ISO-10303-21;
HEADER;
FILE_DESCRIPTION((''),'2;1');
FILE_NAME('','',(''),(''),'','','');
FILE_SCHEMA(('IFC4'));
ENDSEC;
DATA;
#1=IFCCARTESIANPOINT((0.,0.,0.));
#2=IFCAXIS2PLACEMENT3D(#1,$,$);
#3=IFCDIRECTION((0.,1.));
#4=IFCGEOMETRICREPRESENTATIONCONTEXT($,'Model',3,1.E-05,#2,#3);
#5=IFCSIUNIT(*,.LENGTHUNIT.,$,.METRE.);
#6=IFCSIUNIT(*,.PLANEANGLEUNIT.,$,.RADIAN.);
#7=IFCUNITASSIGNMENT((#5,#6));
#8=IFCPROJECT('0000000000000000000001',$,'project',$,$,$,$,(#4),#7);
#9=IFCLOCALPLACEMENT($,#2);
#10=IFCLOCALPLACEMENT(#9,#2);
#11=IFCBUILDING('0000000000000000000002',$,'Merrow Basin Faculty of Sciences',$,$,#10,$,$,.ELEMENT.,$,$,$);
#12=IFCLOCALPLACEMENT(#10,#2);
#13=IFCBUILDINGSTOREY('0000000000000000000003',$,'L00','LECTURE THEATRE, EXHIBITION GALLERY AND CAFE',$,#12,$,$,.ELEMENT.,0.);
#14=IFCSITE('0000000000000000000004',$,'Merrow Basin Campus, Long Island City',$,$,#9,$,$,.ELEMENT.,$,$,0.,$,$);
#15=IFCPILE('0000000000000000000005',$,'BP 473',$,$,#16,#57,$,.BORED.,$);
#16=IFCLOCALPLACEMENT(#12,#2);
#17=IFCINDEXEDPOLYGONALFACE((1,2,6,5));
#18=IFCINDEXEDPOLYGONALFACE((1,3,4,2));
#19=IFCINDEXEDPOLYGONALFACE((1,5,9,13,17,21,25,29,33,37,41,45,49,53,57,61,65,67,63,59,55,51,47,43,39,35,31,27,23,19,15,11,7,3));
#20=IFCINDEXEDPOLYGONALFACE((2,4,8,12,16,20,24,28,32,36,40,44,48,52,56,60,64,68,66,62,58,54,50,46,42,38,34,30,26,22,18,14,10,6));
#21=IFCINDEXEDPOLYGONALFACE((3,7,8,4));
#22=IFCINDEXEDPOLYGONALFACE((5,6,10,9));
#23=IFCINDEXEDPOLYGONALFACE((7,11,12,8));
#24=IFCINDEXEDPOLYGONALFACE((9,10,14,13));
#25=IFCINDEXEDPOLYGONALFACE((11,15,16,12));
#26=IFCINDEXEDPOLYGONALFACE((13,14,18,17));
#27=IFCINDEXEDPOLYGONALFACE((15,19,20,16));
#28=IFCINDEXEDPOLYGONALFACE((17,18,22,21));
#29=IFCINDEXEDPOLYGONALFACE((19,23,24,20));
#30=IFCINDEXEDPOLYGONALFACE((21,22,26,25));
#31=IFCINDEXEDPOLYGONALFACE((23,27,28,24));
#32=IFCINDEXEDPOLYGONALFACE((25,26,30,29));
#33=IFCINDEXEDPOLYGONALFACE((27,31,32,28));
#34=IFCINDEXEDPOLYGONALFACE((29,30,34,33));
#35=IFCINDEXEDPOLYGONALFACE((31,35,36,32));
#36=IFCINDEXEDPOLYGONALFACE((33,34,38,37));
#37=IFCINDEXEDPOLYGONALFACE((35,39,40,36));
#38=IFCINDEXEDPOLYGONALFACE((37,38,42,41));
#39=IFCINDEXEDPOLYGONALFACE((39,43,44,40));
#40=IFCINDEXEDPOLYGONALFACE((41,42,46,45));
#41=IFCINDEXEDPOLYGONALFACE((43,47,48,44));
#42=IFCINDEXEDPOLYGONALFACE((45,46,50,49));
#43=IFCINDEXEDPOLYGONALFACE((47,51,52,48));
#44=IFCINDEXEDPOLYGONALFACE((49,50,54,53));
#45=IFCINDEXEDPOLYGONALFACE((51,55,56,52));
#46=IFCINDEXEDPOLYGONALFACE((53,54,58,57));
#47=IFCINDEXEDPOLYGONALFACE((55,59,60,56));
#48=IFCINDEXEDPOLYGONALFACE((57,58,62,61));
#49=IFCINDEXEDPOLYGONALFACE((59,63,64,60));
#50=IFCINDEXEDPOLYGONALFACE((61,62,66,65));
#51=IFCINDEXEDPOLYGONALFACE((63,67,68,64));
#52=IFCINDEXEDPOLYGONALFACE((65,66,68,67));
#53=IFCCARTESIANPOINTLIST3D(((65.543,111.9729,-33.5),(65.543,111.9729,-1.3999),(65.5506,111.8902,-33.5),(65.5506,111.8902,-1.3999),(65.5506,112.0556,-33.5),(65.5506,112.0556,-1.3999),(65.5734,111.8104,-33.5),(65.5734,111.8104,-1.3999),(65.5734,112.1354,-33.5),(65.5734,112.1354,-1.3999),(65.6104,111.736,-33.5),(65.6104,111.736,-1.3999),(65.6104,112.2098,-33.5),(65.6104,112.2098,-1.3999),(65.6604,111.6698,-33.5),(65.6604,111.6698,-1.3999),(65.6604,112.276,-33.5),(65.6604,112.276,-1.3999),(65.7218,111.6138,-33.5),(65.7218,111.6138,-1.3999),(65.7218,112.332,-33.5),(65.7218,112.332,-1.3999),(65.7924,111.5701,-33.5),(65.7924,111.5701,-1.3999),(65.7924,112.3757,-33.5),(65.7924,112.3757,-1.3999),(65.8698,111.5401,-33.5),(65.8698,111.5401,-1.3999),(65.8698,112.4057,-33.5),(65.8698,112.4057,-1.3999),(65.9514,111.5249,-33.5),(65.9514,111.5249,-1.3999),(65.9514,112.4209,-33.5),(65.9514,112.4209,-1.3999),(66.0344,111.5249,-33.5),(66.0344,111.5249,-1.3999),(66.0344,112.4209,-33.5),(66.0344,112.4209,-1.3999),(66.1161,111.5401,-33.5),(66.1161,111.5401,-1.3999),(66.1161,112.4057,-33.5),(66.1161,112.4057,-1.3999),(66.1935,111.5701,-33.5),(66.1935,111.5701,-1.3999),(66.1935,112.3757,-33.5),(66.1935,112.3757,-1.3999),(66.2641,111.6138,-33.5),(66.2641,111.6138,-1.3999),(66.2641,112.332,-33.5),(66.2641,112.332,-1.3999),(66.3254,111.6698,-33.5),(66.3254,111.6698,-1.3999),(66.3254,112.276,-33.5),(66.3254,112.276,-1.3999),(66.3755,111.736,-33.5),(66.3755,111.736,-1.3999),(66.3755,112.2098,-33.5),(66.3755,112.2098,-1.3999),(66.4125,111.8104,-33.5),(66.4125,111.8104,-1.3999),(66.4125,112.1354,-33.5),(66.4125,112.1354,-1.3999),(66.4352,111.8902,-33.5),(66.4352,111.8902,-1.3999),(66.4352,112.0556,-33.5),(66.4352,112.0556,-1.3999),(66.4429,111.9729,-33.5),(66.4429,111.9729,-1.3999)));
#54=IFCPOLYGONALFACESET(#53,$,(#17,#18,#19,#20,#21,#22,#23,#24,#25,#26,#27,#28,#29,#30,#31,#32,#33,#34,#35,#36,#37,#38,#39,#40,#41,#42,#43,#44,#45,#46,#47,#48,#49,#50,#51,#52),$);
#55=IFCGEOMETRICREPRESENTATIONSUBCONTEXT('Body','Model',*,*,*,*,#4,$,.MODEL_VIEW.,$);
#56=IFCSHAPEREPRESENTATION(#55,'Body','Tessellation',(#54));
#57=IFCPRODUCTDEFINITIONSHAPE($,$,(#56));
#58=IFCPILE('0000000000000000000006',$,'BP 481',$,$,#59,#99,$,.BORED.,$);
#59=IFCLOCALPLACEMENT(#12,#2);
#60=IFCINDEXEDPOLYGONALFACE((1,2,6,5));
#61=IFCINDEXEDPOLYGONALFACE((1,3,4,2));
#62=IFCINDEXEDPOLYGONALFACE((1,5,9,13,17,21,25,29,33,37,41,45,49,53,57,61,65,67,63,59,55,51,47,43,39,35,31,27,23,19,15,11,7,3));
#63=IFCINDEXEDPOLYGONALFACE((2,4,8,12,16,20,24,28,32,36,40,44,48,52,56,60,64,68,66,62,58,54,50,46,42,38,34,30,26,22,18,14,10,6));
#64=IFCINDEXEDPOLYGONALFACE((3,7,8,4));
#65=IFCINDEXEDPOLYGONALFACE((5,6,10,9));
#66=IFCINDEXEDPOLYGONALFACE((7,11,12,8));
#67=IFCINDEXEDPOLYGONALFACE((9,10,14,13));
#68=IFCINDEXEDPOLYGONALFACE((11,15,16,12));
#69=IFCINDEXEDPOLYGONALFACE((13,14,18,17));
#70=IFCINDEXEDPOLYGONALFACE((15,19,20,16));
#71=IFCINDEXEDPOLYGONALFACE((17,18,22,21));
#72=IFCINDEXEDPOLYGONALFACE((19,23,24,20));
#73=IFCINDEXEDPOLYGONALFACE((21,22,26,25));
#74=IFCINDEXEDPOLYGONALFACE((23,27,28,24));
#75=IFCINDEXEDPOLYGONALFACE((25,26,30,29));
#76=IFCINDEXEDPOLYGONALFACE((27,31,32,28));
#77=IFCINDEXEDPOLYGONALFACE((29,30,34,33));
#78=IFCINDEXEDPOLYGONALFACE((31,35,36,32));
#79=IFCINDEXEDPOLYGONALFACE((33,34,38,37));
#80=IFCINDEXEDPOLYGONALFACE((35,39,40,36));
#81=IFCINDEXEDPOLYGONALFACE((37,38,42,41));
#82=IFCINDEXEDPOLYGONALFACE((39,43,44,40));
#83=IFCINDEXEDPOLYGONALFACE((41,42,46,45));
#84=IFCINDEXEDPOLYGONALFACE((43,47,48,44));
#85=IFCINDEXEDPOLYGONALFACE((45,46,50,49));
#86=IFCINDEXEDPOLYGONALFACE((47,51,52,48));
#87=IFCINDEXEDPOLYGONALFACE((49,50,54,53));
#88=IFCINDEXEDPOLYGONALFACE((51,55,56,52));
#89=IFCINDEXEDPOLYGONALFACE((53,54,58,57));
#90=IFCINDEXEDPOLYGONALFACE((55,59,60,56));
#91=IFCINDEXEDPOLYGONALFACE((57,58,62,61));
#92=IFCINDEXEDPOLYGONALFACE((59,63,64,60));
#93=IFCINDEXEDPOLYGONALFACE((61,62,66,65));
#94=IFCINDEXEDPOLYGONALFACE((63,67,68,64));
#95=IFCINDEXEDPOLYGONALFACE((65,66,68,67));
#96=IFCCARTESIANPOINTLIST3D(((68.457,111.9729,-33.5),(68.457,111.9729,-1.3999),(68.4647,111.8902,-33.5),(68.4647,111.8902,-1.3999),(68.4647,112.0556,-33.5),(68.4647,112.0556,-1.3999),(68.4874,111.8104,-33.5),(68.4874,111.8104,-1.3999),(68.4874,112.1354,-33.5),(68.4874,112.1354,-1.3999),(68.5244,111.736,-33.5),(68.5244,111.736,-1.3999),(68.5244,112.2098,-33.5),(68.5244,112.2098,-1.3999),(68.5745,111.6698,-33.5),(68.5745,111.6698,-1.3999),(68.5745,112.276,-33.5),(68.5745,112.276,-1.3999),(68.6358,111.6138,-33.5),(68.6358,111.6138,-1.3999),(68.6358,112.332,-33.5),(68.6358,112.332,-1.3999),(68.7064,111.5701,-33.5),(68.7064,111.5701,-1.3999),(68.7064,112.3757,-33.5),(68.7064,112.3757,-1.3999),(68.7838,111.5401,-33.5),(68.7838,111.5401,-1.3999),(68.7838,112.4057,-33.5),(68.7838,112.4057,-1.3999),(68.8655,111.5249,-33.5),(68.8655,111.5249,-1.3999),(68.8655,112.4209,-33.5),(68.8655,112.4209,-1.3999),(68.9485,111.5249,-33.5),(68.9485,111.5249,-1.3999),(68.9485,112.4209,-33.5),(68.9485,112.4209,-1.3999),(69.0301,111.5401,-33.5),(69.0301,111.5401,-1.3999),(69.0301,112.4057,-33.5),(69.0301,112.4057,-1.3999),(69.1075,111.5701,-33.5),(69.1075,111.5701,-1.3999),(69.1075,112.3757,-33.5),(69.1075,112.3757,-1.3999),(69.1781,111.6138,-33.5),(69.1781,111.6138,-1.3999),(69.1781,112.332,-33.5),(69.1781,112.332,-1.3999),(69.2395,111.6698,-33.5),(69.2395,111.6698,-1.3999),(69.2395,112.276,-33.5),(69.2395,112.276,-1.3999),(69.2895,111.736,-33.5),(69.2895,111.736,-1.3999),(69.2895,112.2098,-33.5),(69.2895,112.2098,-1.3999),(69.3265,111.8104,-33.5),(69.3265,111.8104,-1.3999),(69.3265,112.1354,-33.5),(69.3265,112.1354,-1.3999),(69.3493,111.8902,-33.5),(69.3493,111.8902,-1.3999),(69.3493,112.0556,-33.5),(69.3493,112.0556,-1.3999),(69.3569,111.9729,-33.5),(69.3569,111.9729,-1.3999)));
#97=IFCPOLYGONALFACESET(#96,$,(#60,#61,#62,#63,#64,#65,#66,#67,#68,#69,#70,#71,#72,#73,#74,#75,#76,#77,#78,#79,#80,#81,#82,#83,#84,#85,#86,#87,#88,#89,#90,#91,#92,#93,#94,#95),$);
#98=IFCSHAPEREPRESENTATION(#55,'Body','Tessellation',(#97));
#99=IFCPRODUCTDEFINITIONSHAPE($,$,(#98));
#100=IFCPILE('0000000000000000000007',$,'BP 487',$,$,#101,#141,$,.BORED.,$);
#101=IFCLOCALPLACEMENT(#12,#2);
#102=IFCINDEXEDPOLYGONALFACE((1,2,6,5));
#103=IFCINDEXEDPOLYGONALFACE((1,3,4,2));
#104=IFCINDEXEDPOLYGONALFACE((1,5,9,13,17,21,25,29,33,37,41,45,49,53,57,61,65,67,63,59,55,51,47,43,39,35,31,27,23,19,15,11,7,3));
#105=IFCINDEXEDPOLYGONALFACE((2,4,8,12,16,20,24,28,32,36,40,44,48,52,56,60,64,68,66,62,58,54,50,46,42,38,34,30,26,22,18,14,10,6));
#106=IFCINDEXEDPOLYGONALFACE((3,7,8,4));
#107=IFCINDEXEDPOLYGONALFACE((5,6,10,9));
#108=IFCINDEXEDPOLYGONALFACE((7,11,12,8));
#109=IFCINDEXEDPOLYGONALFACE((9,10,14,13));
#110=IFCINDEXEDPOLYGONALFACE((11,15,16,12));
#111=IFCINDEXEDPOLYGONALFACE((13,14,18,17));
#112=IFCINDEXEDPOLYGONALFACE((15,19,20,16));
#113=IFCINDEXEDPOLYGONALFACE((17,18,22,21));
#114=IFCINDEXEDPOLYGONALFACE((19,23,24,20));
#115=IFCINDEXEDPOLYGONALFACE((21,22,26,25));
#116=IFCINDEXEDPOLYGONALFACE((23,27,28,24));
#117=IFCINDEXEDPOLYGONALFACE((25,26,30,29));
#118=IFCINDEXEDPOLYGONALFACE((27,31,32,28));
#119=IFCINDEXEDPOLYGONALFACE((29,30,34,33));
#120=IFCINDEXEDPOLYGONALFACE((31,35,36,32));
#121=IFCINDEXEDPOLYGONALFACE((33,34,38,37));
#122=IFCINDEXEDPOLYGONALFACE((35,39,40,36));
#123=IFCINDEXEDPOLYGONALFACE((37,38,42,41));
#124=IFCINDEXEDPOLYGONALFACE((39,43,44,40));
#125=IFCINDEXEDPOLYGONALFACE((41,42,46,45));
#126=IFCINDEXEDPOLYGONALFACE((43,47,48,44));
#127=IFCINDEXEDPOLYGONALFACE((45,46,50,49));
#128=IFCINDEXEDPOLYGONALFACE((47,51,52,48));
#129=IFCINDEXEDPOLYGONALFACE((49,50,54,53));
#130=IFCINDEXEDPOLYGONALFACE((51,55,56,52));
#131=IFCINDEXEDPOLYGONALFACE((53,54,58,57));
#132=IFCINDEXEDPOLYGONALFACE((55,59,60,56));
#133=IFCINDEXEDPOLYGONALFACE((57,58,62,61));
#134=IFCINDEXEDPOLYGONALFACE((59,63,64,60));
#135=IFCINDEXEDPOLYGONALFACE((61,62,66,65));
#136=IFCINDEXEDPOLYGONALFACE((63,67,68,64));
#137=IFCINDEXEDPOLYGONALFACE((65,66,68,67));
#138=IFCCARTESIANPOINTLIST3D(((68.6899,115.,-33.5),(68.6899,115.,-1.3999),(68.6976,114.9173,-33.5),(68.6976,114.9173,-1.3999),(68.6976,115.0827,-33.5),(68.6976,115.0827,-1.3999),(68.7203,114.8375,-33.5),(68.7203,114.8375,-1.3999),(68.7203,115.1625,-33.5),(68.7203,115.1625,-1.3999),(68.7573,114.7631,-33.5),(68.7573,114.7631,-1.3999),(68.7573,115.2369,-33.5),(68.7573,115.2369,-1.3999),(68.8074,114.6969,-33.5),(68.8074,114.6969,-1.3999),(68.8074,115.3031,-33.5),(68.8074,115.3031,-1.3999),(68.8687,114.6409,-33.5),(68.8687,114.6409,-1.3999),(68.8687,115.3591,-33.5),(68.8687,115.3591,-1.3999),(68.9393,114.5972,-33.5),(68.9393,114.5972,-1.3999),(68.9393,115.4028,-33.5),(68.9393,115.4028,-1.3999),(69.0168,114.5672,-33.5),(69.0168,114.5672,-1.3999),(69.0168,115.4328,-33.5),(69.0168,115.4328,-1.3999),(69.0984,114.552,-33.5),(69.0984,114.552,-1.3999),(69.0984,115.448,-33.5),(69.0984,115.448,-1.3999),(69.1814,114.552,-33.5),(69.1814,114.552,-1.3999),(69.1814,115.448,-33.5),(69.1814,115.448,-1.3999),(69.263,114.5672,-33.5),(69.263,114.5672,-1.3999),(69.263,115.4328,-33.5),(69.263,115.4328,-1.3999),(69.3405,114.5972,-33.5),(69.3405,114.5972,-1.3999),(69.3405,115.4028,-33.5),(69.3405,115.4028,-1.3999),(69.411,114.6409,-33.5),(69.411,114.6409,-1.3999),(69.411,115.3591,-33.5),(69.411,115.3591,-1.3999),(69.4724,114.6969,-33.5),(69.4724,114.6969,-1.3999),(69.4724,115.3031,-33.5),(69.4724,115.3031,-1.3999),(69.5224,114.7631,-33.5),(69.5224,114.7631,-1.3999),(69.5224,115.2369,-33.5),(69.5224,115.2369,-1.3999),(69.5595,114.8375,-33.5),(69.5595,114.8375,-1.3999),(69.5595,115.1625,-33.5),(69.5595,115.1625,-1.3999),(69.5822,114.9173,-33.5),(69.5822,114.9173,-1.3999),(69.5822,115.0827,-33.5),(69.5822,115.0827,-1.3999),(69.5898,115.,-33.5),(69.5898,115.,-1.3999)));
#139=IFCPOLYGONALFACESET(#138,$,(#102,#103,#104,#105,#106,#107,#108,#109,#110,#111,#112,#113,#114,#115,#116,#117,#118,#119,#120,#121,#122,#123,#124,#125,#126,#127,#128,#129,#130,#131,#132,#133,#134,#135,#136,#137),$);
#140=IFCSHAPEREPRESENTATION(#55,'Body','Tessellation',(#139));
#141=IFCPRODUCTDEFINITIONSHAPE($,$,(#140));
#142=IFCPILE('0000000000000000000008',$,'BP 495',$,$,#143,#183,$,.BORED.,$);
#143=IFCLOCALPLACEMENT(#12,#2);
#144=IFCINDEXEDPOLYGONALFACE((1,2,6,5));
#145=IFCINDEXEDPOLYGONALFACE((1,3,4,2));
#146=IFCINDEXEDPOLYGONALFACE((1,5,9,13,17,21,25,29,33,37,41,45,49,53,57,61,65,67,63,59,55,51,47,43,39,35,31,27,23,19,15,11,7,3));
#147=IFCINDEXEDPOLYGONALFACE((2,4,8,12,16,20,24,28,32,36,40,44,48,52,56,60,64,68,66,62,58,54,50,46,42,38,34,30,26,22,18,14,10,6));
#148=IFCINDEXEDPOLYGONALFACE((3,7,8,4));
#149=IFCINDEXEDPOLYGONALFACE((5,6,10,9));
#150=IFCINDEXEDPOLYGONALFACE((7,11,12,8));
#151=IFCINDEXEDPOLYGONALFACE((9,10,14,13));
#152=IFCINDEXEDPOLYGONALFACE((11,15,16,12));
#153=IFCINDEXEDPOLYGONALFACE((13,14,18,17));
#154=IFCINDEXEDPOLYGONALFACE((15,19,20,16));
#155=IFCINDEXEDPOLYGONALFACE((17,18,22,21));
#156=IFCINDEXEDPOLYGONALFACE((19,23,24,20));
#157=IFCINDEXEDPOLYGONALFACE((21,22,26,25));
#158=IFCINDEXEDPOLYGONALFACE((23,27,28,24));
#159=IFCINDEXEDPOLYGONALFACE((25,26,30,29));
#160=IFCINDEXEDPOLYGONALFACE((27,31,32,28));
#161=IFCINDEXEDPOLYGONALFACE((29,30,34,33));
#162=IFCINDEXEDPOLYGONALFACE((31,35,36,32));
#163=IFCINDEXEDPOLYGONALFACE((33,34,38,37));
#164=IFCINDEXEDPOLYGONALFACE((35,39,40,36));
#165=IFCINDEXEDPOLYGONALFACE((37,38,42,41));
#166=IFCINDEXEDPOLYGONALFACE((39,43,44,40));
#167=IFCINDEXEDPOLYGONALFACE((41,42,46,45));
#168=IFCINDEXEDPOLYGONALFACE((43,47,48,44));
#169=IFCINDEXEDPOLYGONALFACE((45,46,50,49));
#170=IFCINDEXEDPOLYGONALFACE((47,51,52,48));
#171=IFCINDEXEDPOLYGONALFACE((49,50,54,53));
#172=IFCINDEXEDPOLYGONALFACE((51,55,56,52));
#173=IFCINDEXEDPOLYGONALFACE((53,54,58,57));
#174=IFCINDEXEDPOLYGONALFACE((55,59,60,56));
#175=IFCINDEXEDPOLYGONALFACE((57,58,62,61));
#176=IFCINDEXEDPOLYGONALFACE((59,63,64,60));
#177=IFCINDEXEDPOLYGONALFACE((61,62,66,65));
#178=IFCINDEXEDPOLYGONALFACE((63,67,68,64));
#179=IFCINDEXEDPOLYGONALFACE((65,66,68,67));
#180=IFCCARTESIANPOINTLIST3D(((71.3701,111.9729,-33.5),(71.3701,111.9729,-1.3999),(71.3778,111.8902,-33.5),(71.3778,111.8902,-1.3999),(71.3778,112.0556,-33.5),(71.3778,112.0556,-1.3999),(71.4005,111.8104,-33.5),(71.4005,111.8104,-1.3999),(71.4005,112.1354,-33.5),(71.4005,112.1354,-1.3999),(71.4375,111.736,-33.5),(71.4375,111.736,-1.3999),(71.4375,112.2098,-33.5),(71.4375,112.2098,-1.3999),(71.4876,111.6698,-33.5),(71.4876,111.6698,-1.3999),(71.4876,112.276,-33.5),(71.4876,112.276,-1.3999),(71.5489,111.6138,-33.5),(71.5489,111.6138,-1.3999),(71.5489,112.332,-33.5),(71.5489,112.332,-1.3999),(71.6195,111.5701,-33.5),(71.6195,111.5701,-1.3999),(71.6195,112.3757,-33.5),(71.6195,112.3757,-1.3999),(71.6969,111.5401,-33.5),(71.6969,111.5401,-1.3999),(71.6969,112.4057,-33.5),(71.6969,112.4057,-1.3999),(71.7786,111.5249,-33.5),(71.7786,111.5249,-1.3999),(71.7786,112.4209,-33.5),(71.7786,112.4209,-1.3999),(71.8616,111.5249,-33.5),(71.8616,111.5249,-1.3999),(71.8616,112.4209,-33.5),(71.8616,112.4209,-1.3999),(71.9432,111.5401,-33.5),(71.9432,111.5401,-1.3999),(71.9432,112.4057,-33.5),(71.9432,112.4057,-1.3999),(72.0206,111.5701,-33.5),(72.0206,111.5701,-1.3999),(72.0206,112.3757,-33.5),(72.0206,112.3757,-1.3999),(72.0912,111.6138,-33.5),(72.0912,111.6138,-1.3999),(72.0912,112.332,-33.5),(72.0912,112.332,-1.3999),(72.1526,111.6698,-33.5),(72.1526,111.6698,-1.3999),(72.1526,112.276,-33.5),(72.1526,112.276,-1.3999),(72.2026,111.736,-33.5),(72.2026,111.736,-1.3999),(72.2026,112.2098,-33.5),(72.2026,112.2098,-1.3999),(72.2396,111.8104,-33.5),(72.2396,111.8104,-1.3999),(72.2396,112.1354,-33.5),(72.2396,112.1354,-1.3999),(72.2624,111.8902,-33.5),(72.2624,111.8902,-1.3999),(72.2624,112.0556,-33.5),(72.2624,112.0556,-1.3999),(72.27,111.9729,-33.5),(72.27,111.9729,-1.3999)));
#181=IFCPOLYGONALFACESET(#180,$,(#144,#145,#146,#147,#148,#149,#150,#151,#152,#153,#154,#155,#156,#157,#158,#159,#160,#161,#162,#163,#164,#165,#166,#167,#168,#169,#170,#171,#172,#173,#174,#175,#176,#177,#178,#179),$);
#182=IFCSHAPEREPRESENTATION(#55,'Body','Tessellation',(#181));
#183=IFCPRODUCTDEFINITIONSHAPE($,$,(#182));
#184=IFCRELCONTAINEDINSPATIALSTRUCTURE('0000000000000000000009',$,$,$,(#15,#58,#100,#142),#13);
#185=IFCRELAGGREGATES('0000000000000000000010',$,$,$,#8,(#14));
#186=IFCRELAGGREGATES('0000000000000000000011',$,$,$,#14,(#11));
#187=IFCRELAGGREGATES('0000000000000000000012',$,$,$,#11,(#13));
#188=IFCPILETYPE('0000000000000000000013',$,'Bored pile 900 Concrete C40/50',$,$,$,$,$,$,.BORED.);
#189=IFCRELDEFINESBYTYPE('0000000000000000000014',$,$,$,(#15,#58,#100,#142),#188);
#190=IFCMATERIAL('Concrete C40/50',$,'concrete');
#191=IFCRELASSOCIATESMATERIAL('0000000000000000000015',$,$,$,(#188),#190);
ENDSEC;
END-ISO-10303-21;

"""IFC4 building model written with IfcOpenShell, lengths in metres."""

from ifc_helpers import new_model, si_unit, direction, frame, origin, origin_2d, place, context, subcontext, project, spatial, circle, extrude, material, material_profile, profile_set, type_object, element, save


model = new_model("IFC4")

# Units and contexts
model_context = context("Model", 3, precision=1e-05, world=origin(), true_north=direction((0.0, 1.0)))
body_context = subcontext(model_context, "Body", "Model", "MODEL_VIEW")
ifc_project = project(units=[si_unit("LENGTHUNIT", "METRE"), si_unit("PLANEANGLEUNIT", "RADIAN")], contexts=[model_context])

# Site, building, storey
site_placement = place(None, origin())
site = spatial("IfcSite", under=ifc_project, at=site_placement, Name="Merrow Basin Campus, Long Island City", CompositionType="ELEMENT", RefElevation=0.0)
building_placement = place(site_placement, origin())
building = spatial("IfcBuilding", under=site, at=building_placement, Name="Merrow Basin Faculty of Sciences", CompositionType="ELEMENT")
storey_placement = place(building_placement, origin())
storey = spatial("IfcBuildingStorey", under=building, at=storey_placement, Name="L00", Description="LECTURE THEATRE, EXHIBITION GALLERY AND CAFE", CompositionType="ELEMENT", Elevation=0.0)

# Piles
ifc_material_1 = material(Name="Concrete C40/50", Category="concrete")
ifc_material_profile_1 = material_profile(ifc_material_1, circle(Radius=0.45, at=origin_2d()))
ifc_profile_set_1 = profile_set([ifc_material_profile_1], Name="Concrete C40/50")
pile_type_1 = type_object("IfcPileType", Name="Bored pile 900 Concrete C40/50", PredefinedType="BORED", material=ifc_profile_set_1)
for number, where, z_axis, x_axis, name in (
    (1, (65.9929, 111.9729, -1.3999), (0.0, 0.0, -1.0), (1.0, 0.0, 0.0), "BP 473"),
    (2, (68.907, 111.9729, -1.3999), (0.0, 0.0, -1.0), (1.0, 0.0, 0.0), "BP 481"),
    (3, (69.1399, 115.0, -1.3999), (0.0, 0.0, -1.0), (1.0, 0.0, 0.0), "BP 487"),
    (4, (71.8201, 111.9729, -1.3999), (0.0, 0.0, -1.0), (1.0, 0.0, 0.0), "BP 495"),
):
    element("IfcPile", number, at=place(storey_placement, frame(where, z_axis=z_axis, x_axis=x_axis)), inside=storey, type_object=pile_type_1, Name=name, PredefinedType="BORED", context=body_context, shape_type="SweptSolid", body=[
        extrude(circle(Radius=0.45, at=origin_2d()), origin(), (0.0, 0.0, 1.0), 32.1001),
    ])

save(model, "model.ifc")
